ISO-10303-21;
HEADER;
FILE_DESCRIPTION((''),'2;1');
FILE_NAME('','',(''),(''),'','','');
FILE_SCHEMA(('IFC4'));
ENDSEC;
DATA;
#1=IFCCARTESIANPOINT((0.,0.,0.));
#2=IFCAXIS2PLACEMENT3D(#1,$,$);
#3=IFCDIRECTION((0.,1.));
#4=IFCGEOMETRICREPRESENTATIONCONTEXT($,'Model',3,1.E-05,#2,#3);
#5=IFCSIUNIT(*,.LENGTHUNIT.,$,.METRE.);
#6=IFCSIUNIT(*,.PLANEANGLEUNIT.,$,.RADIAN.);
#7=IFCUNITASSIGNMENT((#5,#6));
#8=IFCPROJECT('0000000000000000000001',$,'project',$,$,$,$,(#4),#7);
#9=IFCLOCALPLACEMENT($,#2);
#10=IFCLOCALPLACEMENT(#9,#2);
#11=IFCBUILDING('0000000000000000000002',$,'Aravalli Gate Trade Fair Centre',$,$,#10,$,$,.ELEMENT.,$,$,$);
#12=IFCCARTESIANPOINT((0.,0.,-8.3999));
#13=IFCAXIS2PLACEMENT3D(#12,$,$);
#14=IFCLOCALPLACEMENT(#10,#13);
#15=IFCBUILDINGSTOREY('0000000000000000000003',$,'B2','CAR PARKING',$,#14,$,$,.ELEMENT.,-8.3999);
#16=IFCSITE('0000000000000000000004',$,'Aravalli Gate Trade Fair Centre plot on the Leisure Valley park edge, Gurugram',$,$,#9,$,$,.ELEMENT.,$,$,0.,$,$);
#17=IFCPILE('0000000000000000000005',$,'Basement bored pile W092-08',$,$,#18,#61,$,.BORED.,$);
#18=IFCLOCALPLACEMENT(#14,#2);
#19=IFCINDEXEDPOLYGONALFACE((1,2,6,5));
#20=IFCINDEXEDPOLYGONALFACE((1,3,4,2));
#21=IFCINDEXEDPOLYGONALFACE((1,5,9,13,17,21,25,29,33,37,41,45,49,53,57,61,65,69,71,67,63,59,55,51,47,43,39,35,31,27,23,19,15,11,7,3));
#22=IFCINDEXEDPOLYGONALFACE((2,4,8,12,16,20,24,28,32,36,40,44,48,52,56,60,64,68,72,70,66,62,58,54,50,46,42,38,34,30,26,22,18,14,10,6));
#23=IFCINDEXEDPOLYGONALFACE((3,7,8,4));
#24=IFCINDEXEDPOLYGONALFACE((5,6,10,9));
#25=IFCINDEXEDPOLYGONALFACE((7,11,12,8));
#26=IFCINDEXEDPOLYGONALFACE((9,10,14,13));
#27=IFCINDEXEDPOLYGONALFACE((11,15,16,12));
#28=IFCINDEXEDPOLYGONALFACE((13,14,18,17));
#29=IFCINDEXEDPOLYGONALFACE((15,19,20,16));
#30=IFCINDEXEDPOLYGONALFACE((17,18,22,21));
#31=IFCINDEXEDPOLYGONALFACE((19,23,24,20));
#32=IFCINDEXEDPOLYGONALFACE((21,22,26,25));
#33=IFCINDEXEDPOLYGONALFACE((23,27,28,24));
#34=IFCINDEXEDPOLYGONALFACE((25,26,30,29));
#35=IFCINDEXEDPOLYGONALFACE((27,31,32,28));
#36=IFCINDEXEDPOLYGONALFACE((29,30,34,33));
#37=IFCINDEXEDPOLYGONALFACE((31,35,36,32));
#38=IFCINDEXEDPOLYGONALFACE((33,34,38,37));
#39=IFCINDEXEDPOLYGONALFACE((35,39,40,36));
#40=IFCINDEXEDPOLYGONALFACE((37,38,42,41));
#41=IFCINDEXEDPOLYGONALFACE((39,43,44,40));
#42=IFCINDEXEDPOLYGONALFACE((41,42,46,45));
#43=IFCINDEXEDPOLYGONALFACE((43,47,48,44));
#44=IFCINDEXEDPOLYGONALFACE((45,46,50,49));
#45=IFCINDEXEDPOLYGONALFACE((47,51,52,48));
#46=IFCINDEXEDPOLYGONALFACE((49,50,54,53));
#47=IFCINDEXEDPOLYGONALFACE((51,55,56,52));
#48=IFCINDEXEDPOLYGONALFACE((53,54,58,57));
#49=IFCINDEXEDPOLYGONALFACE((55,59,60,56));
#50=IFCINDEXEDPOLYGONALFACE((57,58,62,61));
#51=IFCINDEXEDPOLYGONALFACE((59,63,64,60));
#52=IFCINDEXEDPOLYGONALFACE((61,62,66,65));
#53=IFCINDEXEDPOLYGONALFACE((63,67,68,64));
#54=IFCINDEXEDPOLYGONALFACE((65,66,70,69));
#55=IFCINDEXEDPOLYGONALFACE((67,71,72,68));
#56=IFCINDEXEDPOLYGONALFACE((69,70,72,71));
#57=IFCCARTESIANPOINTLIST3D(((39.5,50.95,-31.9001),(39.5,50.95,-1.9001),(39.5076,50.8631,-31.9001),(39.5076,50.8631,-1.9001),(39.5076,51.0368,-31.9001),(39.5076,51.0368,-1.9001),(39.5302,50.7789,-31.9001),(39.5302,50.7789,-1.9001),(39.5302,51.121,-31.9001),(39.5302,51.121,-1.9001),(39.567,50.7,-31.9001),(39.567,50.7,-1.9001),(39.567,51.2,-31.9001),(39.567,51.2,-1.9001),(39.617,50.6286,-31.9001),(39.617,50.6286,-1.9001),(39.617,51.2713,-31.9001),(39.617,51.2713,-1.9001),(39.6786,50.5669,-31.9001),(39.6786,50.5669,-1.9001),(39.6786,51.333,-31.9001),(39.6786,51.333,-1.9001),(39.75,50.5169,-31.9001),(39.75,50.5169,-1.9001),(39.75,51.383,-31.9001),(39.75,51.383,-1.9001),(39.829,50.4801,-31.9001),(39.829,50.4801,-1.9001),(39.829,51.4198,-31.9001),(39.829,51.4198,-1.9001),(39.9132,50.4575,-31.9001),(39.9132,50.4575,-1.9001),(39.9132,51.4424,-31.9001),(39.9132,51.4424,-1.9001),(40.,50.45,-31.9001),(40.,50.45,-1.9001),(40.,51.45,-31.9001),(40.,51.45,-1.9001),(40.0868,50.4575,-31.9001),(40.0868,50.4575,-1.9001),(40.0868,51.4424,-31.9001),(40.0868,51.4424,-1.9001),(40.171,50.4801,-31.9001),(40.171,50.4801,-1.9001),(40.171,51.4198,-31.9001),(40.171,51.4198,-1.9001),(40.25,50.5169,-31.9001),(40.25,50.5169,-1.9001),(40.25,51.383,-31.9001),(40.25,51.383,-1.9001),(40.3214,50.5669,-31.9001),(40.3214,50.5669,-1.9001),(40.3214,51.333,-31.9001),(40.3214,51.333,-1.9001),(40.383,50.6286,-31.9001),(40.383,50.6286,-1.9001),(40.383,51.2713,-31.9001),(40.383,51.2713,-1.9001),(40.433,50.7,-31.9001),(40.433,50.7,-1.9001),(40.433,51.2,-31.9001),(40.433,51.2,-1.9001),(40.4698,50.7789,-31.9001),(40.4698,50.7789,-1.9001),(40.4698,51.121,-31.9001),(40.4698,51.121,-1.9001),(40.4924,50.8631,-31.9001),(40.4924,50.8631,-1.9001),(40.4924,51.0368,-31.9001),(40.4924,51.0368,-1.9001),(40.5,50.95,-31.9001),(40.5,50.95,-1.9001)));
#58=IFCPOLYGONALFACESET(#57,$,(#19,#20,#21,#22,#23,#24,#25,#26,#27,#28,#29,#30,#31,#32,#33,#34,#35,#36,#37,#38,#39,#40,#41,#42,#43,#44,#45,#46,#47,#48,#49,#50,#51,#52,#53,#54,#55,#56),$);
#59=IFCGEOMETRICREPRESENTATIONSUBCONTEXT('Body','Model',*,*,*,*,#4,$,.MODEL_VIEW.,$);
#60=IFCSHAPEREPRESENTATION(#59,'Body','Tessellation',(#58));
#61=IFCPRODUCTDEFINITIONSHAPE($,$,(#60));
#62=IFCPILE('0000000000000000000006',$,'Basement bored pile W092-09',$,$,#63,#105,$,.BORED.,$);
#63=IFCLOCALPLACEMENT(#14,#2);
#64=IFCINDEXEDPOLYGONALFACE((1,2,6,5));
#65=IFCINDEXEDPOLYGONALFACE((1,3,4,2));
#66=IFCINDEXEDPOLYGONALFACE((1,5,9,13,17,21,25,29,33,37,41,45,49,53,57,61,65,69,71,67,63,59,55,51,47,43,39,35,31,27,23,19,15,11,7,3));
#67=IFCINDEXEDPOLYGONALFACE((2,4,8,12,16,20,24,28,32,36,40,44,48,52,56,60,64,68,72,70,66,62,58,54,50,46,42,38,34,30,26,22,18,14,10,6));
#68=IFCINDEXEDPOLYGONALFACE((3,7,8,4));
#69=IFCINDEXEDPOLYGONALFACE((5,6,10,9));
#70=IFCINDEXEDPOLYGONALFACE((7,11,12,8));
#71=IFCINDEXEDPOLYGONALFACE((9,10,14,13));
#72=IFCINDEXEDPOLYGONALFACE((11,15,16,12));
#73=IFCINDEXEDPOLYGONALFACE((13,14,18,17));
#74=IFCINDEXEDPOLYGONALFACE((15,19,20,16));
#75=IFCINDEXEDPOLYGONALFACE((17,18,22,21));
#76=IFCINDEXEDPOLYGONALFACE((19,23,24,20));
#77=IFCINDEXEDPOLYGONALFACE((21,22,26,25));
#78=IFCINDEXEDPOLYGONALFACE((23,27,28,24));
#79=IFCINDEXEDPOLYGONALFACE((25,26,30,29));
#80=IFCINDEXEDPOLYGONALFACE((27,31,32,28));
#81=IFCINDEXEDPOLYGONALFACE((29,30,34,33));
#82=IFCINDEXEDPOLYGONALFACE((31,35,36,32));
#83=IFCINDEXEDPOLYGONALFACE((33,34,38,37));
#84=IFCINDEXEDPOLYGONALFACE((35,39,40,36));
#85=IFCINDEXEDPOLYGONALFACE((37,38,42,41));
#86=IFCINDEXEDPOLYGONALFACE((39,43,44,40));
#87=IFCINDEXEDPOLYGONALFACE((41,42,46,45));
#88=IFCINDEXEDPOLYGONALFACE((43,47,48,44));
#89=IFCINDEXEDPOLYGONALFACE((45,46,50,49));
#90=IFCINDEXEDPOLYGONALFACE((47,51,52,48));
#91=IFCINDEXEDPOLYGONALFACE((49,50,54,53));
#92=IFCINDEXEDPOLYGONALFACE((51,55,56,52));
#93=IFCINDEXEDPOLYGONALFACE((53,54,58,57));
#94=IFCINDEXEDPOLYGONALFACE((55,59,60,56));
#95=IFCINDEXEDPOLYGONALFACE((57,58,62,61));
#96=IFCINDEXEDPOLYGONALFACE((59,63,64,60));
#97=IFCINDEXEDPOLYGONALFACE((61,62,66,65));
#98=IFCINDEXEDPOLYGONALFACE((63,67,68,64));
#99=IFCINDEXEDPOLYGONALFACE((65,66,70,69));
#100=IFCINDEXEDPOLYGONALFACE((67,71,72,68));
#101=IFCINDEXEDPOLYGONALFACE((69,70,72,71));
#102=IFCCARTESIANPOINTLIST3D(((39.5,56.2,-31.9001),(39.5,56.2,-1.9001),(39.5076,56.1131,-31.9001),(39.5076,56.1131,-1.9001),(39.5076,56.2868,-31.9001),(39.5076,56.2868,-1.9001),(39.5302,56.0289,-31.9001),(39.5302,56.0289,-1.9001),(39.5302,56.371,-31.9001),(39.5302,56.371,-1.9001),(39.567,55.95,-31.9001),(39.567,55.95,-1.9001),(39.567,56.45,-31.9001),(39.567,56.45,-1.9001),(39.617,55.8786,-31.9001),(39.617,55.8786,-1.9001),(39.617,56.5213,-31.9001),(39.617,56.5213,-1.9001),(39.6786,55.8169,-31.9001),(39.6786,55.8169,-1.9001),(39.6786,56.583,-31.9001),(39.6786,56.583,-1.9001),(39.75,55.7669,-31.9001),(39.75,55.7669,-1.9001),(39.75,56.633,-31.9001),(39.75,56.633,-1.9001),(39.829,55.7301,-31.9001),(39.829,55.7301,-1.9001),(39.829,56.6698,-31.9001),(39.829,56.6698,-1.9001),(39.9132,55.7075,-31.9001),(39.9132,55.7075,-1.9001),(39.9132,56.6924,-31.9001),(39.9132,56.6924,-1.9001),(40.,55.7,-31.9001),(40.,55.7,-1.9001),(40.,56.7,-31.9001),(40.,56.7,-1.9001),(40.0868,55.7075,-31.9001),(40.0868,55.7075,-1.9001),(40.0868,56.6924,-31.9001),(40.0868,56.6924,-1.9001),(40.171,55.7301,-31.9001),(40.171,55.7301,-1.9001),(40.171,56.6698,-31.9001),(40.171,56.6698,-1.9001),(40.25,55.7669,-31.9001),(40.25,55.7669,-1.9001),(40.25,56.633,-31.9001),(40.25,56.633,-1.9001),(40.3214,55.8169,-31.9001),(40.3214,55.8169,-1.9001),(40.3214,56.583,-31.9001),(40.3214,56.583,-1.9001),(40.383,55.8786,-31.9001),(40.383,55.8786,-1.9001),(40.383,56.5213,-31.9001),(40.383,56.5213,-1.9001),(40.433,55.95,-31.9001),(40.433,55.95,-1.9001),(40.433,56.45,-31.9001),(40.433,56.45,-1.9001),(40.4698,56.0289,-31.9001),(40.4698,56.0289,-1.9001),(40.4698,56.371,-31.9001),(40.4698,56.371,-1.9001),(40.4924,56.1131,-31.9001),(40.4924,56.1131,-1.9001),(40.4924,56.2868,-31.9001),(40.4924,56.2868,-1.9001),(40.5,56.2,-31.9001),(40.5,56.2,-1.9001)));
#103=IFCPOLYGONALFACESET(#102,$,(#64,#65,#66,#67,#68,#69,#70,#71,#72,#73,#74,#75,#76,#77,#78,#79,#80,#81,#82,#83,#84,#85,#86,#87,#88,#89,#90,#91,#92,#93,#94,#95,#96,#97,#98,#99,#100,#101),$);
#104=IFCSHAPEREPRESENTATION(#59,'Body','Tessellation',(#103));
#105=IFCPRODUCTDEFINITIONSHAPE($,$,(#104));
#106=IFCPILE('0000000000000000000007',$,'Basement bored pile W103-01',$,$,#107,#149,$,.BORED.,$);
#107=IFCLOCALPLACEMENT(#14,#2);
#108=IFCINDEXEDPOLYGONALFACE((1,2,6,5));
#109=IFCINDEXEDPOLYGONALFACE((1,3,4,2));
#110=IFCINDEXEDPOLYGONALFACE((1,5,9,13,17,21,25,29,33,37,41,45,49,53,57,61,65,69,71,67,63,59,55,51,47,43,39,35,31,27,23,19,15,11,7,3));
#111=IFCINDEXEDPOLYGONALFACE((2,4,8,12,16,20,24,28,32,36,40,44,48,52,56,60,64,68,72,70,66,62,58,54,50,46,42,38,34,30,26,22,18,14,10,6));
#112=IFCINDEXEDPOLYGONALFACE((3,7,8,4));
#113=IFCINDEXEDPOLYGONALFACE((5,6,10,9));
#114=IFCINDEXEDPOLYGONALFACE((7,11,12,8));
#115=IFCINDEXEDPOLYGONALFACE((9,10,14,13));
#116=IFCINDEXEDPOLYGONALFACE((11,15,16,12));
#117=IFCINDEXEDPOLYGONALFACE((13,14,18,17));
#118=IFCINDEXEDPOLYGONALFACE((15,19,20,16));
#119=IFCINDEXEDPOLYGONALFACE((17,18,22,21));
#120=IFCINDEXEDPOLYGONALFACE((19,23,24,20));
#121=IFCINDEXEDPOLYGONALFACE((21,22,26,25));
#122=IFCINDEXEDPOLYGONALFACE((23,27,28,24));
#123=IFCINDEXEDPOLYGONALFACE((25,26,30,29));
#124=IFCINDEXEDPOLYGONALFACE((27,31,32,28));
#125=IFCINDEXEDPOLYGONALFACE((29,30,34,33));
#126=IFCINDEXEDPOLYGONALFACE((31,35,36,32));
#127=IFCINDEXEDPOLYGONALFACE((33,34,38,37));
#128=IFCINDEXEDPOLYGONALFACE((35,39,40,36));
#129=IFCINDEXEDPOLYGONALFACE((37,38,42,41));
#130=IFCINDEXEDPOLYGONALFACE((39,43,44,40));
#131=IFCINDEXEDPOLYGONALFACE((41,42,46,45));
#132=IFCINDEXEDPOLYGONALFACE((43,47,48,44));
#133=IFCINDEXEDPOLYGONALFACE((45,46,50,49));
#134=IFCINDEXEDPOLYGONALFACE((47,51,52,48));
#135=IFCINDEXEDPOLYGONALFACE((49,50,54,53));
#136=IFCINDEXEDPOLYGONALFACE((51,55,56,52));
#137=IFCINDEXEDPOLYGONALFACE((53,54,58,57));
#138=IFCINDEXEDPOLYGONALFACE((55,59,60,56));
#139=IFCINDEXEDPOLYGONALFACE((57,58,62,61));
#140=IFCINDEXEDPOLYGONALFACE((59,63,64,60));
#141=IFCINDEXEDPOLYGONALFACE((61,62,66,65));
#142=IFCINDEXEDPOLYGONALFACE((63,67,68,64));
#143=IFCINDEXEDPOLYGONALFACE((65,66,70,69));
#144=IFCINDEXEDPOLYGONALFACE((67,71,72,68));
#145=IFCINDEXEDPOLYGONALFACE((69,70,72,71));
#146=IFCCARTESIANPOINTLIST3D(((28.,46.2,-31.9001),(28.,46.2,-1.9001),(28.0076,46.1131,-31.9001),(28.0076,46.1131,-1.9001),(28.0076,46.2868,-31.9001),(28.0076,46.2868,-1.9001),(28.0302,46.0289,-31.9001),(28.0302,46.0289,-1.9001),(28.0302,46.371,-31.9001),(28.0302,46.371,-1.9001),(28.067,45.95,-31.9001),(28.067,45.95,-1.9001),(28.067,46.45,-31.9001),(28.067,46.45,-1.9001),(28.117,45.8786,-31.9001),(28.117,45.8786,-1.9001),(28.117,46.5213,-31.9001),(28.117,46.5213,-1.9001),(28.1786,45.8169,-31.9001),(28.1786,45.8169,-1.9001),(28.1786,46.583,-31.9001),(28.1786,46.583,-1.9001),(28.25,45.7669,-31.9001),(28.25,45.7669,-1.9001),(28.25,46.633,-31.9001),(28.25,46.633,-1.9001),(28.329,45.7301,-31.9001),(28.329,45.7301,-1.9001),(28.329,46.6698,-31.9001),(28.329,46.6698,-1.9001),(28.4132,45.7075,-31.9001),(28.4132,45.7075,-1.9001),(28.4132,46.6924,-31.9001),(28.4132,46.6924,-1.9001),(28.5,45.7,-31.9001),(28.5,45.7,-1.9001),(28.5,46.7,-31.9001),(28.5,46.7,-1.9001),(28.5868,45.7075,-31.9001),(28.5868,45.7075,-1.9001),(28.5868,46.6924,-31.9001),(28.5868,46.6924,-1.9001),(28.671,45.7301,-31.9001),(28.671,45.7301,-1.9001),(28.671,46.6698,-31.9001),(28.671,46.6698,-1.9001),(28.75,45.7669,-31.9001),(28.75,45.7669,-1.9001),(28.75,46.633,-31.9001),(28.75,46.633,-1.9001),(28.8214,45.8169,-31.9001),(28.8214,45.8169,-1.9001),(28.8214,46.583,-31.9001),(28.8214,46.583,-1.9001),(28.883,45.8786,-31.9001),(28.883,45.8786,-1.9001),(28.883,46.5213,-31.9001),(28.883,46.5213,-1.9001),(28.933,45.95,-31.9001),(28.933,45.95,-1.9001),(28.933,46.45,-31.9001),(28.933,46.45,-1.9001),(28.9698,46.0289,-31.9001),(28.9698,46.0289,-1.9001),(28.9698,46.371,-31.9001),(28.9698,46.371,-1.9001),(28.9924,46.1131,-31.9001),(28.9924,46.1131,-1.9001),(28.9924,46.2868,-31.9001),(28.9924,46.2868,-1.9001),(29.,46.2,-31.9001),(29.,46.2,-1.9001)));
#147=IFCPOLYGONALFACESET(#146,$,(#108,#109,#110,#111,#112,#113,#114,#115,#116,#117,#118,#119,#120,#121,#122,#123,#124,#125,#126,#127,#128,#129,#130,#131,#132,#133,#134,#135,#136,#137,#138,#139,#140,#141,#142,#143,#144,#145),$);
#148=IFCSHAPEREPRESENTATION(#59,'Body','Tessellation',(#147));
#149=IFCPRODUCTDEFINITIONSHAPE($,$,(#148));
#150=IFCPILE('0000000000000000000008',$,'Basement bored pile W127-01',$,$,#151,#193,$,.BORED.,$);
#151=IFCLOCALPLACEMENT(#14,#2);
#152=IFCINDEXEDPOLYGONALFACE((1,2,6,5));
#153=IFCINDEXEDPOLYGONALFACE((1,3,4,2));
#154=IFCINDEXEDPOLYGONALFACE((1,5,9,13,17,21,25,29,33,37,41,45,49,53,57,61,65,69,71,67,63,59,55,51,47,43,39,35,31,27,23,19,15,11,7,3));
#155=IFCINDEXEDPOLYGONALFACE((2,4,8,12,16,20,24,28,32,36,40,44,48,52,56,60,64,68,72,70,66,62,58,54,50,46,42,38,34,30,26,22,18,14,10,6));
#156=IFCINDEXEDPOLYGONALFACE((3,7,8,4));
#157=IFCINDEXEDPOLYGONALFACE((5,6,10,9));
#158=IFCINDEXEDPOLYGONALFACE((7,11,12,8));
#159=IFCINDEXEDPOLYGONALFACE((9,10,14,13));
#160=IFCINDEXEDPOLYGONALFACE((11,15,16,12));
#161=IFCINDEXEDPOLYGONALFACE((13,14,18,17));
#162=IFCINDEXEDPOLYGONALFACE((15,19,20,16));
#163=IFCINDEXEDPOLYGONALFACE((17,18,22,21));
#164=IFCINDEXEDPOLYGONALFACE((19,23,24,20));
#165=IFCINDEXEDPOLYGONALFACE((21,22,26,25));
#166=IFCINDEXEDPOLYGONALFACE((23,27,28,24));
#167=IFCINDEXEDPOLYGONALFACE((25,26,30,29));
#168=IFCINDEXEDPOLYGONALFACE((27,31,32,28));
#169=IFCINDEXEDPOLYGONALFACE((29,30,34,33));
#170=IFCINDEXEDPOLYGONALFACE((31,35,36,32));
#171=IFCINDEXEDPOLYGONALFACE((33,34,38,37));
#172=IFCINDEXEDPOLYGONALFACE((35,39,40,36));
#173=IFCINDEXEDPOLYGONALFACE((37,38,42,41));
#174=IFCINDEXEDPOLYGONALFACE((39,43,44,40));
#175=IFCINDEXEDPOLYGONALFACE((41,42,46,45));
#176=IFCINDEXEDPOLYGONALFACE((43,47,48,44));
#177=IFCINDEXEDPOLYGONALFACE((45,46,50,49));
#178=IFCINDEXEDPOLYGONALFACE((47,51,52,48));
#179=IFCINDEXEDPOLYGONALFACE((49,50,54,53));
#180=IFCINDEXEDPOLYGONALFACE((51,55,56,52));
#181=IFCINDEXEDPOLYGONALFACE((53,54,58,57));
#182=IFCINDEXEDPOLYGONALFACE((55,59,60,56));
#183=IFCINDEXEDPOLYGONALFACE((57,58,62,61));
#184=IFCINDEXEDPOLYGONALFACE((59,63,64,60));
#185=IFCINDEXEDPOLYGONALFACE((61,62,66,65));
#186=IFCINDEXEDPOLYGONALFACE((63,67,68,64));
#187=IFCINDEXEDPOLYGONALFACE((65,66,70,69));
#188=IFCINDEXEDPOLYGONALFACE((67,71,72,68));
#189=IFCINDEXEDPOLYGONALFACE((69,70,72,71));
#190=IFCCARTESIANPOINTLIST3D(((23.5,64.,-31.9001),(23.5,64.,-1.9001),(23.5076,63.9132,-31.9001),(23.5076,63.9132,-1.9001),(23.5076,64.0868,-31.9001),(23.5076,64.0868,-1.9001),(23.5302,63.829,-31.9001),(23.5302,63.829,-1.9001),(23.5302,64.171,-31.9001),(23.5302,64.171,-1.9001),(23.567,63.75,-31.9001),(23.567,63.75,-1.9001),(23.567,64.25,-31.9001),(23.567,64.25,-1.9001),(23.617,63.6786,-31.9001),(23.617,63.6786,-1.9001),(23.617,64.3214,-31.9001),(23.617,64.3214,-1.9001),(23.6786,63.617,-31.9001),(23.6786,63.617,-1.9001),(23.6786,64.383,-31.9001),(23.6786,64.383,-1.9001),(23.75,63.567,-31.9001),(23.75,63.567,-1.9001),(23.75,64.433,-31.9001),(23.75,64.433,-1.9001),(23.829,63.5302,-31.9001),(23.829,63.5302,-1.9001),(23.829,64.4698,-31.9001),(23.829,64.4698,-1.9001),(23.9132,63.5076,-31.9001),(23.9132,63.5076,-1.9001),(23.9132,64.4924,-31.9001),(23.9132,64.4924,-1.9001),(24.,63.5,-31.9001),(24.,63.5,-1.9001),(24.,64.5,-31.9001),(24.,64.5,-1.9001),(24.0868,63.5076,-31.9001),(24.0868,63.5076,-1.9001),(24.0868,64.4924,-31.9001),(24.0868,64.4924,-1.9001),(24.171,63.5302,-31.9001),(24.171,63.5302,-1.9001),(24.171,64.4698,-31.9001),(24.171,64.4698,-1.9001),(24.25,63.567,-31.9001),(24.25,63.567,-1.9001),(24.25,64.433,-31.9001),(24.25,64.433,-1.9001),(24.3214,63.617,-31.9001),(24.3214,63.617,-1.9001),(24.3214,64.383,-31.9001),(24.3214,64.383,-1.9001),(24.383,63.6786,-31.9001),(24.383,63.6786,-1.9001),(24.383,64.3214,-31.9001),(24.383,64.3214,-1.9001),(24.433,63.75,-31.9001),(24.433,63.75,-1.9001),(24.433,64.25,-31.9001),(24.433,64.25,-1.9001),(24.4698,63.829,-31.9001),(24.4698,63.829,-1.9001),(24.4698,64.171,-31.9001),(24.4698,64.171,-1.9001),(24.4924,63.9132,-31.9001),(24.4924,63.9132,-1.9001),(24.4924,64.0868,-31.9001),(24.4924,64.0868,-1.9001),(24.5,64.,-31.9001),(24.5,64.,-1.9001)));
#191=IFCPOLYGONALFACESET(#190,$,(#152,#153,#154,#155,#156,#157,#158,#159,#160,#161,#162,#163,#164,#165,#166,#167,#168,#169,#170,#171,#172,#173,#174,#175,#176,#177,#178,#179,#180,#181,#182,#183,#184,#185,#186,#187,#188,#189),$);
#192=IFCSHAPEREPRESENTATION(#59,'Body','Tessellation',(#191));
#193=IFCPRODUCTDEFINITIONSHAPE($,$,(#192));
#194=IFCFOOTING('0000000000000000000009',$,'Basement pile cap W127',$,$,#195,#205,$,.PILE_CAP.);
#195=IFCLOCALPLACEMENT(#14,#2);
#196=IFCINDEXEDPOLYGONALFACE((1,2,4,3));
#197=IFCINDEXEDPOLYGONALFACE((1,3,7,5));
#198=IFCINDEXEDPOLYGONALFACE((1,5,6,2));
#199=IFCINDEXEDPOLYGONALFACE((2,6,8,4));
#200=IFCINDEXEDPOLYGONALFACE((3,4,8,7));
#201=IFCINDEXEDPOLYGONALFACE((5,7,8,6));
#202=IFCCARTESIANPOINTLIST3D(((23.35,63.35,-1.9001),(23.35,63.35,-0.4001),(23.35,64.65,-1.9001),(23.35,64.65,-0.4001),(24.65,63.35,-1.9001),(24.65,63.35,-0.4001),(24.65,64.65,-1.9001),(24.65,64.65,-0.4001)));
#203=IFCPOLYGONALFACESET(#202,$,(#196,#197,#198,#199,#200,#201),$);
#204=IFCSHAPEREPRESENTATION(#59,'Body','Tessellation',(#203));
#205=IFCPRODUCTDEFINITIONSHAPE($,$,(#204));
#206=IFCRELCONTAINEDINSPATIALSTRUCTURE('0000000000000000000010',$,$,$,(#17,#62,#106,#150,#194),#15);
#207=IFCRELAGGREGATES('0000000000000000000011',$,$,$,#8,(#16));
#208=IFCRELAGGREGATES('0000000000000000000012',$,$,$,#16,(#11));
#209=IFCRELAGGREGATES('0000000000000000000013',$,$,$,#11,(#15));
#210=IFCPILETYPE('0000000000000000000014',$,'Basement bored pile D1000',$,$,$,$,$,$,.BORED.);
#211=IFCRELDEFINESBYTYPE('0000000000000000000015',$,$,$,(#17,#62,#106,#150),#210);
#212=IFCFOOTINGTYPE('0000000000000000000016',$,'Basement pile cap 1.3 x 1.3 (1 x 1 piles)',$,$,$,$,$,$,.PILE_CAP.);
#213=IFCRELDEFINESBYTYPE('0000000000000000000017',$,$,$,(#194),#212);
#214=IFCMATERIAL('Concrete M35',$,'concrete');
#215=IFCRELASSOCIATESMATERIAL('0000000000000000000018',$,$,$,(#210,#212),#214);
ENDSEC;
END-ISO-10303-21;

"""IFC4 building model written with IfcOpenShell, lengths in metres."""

from ifc_helpers import new_model, si_unit, direction, frame, origin, origin_2d, place, context, subcontext, project, spatial, rectangle, circle, extrude, material, material_profile, profile_set, type_object, element, save


model = new_model("IFC4")

# Units and contexts
model_context = context("Model", 3, precision=1e-05, world=origin(), true_north=direction((0.0, 1.0)))
body_context = subcontext(model_context, "Body", "Model", "MODEL_VIEW")
ifc_project = project(units=[si_unit("LENGTHUNIT", "METRE"), si_unit("PLANEANGLEUNIT", "RADIAN")], contexts=[model_context])

# Site, building, storey
site_placement = place(None, origin())
site = spatial("IfcSite", under=ifc_project, at=site_placement, Name="Aravalli Gate Trade Fair Centre plot on the Leisure Valley park edge, Gurugram", CompositionType="ELEMENT", RefElevation=0.0)
building_placement = place(site_placement, origin())
building = spatial("IfcBuilding", under=site, at=building_placement, Name="Aravalli Gate Trade Fair Centre", CompositionType="ELEMENT")
storey_placement = place(building_placement, frame((0.0, 0.0, -8.3999)))
storey = spatial("IfcBuildingStorey", under=building, at=storey_placement, Name="B2", Description="CAR PARKING", CompositionType="ELEMENT", Elevation=-8.3999)

# Piles
ifc_material_1 = material(Name="Concrete M35", Category="concrete")
ifc_material_profile_1 = material_profile(ifc_material_1, circle(Radius=0.5, at=origin_2d()), Name="D1000")
ifc_profile_set_1 = profile_set([ifc_material_profile_1], Name="Concrete M35")
pile_type = type_object("IfcPileType", Name="Basement bored pile D1000", PredefinedType="BORED", material=ifc_profile_set_1)
for number, where, z_axis, x_axis, name in (
    (1, (40.0, 50.95, -1.9001), (0.0, 0.0, -1.0), (1.0, 0.0, 0.0), "Basement bored pile W092-08"),
    (2, (40.0, 56.2, -1.9001), (0.0, 0.0, -1.0), (1.0, 0.0, 0.0), "Basement bored pile W092-09"),
    (3, (28.5, 46.2, -1.9001), (0.0, 0.0, -1.0), (1.0, 0.0, 0.0), "Basement bored pile W103-01"),
    (4, (24.0, 64.0, -1.9001), (0.0, 0.0, -1.0), (1.0, 0.0, 0.0), "Basement bored pile W127-01"),
):
    element("IfcPile", number, at=place(storey_placement, frame(where, z_axis=z_axis, x_axis=x_axis)), inside=storey, type_object=pile_type, Name=name, PredefinedType="BORED", context=body_context, shape_type="SweptSolid", body=[
        extrude(circle(Radius=0.5, at=origin_2d()), origin(), (0.0, 0.0, 1.0), 30.0),
    ])

# Footing
footing_type_1 = type_object("IfcFootingType", Name="Basement pile cap 1.3 x 1.3 (1 x 1 piles)", PredefinedType="PILE_CAP", material=ifc_material_1)
footing_1_placement = place(storey_placement, frame((24.0, 64.0, -1.9001), z_axis=(0.0, 0.0, 1.0), x_axis=(1.0, 0.0, 0.0)))
element("IfcFooting", 5, at=footing_1_placement, inside=storey, type_object=footing_type_1, Name="Basement pile cap W127", PredefinedType="PILE_CAP", context=body_context, shape_type="SweptSolid", body=[
    extrude(rectangle(XDim=1.3, YDim=1.3, at=origin_2d()), origin(), (0.0, 0.0, 1.0), 1.5),
])

save(model, "model.ifc")
